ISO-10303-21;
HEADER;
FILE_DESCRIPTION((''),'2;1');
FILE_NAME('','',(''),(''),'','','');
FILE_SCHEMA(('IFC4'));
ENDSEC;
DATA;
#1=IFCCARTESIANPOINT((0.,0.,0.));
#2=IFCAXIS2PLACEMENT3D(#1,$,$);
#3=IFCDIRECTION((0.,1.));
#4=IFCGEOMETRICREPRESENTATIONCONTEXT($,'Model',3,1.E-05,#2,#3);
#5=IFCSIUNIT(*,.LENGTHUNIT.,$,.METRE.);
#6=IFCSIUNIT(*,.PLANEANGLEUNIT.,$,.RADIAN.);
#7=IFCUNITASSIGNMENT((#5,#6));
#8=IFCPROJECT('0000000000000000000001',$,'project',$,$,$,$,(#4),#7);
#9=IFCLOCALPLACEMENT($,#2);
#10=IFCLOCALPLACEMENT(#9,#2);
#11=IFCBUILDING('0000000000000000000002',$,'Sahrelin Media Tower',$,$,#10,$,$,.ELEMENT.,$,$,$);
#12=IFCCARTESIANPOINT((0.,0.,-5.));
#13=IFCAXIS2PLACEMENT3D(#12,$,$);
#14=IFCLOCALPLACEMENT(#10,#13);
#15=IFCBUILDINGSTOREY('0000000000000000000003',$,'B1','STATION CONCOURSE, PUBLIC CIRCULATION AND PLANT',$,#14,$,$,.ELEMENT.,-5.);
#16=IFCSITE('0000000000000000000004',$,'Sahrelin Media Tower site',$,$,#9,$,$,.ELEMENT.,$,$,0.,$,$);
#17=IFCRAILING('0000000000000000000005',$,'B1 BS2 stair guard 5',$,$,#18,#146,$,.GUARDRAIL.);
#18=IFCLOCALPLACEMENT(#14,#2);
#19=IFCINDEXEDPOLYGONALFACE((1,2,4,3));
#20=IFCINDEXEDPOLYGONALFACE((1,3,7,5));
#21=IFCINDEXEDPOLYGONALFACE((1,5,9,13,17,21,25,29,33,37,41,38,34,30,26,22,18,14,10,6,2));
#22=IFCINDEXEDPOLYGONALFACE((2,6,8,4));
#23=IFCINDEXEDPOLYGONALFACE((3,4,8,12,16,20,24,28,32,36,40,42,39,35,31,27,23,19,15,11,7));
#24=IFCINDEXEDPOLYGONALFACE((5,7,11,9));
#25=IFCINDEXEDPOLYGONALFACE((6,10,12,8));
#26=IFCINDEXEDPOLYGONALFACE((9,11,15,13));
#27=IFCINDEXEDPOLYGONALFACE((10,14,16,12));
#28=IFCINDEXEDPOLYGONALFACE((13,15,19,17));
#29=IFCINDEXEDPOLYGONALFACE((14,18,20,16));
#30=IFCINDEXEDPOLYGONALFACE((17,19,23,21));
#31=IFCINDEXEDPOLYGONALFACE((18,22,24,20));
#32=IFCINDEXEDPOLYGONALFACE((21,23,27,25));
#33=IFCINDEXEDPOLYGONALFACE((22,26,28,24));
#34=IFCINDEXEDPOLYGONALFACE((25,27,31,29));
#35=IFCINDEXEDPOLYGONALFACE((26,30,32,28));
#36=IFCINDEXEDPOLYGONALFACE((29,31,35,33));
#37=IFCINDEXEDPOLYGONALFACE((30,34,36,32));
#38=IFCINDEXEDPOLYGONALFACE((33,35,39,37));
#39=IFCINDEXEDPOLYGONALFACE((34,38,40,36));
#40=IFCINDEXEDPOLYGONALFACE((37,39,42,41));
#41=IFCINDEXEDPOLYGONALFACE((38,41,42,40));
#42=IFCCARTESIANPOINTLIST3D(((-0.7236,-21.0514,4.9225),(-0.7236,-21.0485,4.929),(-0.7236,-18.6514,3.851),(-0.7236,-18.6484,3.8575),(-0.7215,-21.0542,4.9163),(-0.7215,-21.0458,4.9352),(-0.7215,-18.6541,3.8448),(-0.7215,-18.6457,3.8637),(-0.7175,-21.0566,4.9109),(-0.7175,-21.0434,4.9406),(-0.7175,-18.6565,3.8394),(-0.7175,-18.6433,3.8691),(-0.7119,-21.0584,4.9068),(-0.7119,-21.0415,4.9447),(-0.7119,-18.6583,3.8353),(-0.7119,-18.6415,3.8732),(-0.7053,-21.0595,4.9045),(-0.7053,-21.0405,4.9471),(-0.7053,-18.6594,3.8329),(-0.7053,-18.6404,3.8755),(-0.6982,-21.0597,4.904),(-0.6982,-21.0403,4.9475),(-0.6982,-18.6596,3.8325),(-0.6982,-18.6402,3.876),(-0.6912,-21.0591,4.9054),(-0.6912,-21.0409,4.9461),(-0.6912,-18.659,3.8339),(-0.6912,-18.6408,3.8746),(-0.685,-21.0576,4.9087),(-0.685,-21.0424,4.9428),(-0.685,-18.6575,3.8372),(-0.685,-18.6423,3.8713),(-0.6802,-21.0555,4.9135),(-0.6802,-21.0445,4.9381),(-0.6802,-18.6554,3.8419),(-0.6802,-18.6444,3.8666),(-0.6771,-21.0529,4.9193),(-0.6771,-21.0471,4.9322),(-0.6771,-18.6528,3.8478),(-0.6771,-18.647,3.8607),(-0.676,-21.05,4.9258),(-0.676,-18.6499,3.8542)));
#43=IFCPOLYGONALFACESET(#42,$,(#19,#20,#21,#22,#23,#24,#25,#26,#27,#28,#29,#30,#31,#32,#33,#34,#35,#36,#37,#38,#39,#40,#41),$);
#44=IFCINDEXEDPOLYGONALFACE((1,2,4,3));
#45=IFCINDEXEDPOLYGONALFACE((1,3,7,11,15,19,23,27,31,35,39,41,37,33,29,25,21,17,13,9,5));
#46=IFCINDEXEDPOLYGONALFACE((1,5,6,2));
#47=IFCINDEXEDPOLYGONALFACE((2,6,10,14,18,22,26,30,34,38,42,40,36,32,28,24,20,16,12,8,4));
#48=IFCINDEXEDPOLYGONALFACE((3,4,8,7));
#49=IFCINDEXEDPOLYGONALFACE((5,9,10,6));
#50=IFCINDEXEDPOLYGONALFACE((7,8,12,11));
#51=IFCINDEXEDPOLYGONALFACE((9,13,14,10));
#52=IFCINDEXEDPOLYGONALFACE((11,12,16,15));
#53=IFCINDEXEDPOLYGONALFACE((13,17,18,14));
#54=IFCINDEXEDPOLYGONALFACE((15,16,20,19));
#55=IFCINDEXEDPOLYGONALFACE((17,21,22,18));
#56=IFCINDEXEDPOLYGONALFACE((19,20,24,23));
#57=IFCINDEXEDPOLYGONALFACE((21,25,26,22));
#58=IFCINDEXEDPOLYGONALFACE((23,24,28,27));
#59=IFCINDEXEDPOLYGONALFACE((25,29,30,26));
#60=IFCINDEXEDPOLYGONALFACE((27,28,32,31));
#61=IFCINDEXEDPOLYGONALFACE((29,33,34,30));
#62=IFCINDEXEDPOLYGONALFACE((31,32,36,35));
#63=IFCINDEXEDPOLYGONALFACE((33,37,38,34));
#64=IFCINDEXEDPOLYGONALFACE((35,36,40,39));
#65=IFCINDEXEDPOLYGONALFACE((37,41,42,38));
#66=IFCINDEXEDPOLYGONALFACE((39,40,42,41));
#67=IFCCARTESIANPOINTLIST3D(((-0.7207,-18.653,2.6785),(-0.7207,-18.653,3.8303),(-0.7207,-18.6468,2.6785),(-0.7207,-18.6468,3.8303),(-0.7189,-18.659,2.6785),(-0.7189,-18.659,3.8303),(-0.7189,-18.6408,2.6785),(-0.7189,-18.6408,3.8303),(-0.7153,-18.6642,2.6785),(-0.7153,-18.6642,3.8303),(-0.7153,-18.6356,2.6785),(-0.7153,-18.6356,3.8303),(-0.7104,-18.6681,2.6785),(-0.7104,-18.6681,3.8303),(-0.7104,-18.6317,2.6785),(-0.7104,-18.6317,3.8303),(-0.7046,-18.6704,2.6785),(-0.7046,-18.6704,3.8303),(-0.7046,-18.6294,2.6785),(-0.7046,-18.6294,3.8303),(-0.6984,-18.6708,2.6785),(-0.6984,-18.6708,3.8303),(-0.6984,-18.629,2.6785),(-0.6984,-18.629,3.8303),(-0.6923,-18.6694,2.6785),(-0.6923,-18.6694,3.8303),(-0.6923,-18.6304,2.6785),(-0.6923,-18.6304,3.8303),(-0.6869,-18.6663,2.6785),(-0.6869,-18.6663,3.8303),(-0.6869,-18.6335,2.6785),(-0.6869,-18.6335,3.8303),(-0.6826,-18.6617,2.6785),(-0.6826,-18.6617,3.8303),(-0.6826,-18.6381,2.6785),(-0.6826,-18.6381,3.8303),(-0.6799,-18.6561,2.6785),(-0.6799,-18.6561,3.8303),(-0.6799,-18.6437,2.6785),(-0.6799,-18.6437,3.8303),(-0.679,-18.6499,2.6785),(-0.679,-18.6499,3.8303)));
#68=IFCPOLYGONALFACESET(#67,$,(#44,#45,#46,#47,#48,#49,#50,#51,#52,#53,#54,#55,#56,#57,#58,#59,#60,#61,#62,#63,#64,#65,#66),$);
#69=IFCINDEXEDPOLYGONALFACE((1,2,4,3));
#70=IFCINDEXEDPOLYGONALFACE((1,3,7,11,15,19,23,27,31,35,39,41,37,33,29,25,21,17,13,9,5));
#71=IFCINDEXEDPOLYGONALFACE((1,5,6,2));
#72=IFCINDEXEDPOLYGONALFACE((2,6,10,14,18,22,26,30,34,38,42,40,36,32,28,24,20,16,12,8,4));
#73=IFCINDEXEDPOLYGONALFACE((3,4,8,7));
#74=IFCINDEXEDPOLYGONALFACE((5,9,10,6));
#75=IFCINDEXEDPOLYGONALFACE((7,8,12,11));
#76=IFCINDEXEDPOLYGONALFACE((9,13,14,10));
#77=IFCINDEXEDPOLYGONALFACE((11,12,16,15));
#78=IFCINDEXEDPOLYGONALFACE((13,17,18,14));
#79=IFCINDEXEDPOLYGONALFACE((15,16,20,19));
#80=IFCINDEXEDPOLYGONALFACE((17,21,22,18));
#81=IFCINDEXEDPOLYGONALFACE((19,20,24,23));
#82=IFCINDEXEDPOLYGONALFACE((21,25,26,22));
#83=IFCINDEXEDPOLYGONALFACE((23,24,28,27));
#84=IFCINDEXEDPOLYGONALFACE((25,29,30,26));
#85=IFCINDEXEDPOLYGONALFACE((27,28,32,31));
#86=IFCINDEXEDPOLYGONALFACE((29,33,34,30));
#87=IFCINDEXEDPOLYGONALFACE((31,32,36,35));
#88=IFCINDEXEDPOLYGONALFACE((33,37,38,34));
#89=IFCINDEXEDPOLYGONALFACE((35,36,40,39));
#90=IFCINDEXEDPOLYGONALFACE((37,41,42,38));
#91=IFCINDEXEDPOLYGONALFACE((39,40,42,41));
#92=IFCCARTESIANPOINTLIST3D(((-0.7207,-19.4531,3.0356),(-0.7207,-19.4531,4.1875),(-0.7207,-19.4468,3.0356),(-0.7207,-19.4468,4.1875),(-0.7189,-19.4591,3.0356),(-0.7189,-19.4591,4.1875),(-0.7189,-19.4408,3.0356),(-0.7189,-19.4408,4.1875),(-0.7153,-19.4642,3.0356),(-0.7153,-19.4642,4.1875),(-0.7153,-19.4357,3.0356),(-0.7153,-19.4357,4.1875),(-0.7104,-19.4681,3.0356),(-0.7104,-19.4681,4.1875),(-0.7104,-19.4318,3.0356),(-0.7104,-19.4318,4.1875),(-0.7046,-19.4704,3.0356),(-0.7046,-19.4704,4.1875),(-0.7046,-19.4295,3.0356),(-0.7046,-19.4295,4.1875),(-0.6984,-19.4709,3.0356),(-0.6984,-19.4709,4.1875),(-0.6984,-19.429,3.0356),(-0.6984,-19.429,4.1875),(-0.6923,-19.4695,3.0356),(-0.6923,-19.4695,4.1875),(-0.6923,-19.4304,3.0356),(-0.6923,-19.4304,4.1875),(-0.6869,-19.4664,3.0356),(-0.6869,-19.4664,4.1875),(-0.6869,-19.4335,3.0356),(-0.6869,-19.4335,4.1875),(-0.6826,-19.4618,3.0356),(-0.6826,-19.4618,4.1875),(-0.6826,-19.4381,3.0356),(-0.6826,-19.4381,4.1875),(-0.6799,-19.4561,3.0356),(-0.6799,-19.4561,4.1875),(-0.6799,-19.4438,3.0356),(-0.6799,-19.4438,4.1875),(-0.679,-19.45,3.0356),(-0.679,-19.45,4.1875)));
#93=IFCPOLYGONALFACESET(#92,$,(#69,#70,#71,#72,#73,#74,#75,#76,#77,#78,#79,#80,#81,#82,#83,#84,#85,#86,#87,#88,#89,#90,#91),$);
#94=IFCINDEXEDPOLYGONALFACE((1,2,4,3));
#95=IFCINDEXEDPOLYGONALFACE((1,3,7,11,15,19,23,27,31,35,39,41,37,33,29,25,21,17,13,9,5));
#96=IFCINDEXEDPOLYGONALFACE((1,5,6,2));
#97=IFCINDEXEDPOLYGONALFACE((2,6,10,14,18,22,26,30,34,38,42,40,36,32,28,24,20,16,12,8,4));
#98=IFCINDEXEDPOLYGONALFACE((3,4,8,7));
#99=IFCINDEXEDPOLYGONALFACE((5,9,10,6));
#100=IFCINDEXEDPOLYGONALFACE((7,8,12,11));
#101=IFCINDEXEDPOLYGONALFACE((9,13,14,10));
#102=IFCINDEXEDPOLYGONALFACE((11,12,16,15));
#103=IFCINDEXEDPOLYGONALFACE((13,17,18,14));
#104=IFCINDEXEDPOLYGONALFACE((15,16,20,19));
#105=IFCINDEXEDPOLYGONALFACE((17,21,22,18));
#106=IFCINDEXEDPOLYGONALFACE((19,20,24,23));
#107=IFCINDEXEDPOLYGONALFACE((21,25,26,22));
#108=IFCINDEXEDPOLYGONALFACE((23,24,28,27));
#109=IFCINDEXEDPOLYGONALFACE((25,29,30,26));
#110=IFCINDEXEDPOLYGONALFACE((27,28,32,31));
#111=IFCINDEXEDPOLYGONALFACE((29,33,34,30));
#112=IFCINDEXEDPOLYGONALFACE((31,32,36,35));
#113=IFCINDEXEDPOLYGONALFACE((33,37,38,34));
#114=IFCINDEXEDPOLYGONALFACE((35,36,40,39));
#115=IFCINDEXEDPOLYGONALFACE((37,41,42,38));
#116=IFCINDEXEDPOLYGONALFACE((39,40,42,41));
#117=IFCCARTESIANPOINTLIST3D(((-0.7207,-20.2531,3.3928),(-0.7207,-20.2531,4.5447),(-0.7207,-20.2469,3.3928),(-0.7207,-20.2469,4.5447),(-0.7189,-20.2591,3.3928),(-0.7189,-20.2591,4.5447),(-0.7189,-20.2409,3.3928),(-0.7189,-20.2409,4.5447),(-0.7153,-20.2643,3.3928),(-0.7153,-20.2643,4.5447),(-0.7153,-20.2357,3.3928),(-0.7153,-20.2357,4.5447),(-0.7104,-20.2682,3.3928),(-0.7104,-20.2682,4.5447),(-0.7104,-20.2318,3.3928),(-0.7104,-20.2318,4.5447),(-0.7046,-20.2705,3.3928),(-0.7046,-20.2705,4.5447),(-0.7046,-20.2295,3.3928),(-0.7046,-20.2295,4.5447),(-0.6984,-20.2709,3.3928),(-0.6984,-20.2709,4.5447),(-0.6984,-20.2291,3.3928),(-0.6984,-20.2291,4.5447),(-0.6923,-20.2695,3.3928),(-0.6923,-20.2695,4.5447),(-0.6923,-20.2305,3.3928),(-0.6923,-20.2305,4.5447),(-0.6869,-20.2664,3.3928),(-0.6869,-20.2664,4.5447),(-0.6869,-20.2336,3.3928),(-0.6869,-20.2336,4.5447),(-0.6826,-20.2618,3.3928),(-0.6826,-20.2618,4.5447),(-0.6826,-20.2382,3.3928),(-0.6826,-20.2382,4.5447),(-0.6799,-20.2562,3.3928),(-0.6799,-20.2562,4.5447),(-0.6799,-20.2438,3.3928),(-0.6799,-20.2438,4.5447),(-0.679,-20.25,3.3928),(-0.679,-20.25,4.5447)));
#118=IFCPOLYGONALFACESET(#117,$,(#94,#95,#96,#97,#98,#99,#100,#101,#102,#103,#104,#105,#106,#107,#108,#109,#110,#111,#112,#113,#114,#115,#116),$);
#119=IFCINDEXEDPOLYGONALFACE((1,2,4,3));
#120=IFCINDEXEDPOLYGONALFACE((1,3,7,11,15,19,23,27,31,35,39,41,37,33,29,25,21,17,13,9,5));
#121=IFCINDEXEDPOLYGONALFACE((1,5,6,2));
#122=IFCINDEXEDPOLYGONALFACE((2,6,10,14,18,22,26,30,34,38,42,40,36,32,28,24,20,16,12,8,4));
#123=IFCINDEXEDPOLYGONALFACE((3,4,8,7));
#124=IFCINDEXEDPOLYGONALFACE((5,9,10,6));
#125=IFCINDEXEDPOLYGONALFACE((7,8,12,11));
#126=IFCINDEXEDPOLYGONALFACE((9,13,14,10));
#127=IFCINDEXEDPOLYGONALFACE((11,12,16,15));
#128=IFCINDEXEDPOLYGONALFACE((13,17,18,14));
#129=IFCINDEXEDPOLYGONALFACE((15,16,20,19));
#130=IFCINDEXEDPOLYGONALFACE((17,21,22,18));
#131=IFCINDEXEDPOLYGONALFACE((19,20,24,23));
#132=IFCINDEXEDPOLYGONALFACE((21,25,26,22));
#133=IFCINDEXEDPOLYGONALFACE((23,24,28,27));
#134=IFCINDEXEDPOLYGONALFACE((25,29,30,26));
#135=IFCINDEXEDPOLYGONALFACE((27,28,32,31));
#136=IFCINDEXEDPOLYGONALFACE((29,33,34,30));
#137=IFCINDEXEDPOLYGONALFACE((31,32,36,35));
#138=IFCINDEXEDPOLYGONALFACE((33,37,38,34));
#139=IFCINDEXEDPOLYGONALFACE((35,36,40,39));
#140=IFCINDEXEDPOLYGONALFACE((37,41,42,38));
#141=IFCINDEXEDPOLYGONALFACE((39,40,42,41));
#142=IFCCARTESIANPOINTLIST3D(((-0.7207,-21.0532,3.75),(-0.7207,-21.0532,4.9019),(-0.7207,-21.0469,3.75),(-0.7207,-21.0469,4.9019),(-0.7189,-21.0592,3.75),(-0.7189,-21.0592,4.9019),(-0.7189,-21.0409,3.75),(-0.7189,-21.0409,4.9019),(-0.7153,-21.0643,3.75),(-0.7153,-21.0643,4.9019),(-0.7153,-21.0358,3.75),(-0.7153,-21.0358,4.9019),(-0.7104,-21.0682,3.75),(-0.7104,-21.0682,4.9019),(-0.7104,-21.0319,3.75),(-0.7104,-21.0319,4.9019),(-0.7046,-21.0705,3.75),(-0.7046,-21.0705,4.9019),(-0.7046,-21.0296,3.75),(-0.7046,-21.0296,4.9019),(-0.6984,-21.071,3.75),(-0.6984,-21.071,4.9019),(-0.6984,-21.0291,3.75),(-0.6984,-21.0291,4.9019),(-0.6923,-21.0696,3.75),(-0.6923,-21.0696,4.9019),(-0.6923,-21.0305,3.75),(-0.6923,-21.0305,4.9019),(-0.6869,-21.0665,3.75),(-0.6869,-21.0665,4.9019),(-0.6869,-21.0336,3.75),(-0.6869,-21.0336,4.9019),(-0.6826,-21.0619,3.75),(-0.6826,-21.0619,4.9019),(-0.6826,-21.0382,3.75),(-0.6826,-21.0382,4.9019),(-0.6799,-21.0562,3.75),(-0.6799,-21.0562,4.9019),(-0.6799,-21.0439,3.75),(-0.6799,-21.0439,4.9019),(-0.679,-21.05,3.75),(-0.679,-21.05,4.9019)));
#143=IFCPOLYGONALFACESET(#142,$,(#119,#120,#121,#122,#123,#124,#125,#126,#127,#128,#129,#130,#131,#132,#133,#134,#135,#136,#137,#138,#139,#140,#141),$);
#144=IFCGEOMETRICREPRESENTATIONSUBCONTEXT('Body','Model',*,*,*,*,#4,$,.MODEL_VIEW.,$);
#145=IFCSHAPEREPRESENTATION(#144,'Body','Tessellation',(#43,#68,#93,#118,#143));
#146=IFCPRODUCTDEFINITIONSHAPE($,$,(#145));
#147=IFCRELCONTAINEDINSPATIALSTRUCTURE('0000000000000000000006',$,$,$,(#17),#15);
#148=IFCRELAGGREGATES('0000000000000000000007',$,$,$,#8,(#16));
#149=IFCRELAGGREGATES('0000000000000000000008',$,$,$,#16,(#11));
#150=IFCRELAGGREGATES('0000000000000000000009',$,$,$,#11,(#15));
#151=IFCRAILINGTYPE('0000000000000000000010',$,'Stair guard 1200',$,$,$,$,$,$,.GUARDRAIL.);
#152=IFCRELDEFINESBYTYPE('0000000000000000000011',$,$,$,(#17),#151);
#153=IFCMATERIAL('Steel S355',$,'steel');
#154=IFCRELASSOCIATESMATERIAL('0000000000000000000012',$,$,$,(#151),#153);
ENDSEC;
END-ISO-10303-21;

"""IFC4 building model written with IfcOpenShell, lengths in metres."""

from ifc_helpers import new_model, si_unit, direction, frame, origin, origin_2d, place, context, subcontext, project, spatial, circle, extrude, material, type_object, element, save


model = new_model("IFC4")

# Units and contexts
model_context = context("Model", 3, precision=1e-05, world=origin(), true_north=direction((0.0, 1.0)))
body_context = subcontext(model_context, "Body", "Model", "MODEL_VIEW")
ifc_project = project(units=[si_unit("LENGTHUNIT", "METRE"), si_unit("PLANEANGLEUNIT", "RADIAN")], contexts=[model_context])

# Site, building, storey
site_placement = place(None, origin())
site = spatial("IfcSite", under=ifc_project, at=site_placement, Name="Sahrelin Media Tower site", CompositionType="ELEMENT", RefElevation=0.0)
building_placement = place(site_placement, origin())
building = spatial("IfcBuilding", under=site, at=building_placement, Name="Sahrelin Media Tower", CompositionType="ELEMENT")
storey_placement = place(building_placement, frame((0.0, 0.0, -5.0)))
storey = spatial("IfcBuildingStorey", under=building, at=storey_placement, Name="B1", Description="STATION CONCOURSE, PUBLIC CIRCULATION AND PLANT", CompositionType="ELEMENT", Elevation=-5.0)

# Railing
ifc_material_1 = material(Name="Steel S355", Category="steel")
railing_type_1 = type_object("IfcRailingType", Name="Stair guard 1200", PredefinedType="GUARDRAIL", material=ifc_material_1)
railing_1_placement = place(storey_placement, frame((-0.7, -18.6499, 2.6785)))
element("IfcRailing", 1, at=railing_1_placement, inside=storey, type_object=railing_type_1, Name="B1 BS2 stair guard 5", PredefinedType="GUARDRAIL", context=body_context, shape_type="SweptSolid", body=[
    extrude(circle(Radius=0.0239, at=origin_2d()), frame((0.0, 0.0, 1.1758), z_axis=(0.0, -0.913132, 0.407663), x_axis=(1.0, 0.0, 0.0)), (0.0, 0.0, 1.0), 2.6284),
    extrude(circle(Radius=0.021, at=origin_2d()), origin(), (0.0, 0.0, 1.0), 1.1519),
    extrude(circle(Radius=0.021, at=origin_2d()), frame((0.0, -0.8, 0.3572)), (0.0, 0.0, 1.0), 1.1519),
    extrude(circle(Radius=0.021, at=origin_2d()), frame((0.0, -1.6001, 0.7144)), (0.0, 0.0, 1.0), 1.1519),
    extrude(circle(Radius=0.021, at=origin_2d()), frame((0.0, -2.4001, 1.0715)), (0.0, 0.0, 1.0), 1.1519),
])

save(model, "model.ifc")
